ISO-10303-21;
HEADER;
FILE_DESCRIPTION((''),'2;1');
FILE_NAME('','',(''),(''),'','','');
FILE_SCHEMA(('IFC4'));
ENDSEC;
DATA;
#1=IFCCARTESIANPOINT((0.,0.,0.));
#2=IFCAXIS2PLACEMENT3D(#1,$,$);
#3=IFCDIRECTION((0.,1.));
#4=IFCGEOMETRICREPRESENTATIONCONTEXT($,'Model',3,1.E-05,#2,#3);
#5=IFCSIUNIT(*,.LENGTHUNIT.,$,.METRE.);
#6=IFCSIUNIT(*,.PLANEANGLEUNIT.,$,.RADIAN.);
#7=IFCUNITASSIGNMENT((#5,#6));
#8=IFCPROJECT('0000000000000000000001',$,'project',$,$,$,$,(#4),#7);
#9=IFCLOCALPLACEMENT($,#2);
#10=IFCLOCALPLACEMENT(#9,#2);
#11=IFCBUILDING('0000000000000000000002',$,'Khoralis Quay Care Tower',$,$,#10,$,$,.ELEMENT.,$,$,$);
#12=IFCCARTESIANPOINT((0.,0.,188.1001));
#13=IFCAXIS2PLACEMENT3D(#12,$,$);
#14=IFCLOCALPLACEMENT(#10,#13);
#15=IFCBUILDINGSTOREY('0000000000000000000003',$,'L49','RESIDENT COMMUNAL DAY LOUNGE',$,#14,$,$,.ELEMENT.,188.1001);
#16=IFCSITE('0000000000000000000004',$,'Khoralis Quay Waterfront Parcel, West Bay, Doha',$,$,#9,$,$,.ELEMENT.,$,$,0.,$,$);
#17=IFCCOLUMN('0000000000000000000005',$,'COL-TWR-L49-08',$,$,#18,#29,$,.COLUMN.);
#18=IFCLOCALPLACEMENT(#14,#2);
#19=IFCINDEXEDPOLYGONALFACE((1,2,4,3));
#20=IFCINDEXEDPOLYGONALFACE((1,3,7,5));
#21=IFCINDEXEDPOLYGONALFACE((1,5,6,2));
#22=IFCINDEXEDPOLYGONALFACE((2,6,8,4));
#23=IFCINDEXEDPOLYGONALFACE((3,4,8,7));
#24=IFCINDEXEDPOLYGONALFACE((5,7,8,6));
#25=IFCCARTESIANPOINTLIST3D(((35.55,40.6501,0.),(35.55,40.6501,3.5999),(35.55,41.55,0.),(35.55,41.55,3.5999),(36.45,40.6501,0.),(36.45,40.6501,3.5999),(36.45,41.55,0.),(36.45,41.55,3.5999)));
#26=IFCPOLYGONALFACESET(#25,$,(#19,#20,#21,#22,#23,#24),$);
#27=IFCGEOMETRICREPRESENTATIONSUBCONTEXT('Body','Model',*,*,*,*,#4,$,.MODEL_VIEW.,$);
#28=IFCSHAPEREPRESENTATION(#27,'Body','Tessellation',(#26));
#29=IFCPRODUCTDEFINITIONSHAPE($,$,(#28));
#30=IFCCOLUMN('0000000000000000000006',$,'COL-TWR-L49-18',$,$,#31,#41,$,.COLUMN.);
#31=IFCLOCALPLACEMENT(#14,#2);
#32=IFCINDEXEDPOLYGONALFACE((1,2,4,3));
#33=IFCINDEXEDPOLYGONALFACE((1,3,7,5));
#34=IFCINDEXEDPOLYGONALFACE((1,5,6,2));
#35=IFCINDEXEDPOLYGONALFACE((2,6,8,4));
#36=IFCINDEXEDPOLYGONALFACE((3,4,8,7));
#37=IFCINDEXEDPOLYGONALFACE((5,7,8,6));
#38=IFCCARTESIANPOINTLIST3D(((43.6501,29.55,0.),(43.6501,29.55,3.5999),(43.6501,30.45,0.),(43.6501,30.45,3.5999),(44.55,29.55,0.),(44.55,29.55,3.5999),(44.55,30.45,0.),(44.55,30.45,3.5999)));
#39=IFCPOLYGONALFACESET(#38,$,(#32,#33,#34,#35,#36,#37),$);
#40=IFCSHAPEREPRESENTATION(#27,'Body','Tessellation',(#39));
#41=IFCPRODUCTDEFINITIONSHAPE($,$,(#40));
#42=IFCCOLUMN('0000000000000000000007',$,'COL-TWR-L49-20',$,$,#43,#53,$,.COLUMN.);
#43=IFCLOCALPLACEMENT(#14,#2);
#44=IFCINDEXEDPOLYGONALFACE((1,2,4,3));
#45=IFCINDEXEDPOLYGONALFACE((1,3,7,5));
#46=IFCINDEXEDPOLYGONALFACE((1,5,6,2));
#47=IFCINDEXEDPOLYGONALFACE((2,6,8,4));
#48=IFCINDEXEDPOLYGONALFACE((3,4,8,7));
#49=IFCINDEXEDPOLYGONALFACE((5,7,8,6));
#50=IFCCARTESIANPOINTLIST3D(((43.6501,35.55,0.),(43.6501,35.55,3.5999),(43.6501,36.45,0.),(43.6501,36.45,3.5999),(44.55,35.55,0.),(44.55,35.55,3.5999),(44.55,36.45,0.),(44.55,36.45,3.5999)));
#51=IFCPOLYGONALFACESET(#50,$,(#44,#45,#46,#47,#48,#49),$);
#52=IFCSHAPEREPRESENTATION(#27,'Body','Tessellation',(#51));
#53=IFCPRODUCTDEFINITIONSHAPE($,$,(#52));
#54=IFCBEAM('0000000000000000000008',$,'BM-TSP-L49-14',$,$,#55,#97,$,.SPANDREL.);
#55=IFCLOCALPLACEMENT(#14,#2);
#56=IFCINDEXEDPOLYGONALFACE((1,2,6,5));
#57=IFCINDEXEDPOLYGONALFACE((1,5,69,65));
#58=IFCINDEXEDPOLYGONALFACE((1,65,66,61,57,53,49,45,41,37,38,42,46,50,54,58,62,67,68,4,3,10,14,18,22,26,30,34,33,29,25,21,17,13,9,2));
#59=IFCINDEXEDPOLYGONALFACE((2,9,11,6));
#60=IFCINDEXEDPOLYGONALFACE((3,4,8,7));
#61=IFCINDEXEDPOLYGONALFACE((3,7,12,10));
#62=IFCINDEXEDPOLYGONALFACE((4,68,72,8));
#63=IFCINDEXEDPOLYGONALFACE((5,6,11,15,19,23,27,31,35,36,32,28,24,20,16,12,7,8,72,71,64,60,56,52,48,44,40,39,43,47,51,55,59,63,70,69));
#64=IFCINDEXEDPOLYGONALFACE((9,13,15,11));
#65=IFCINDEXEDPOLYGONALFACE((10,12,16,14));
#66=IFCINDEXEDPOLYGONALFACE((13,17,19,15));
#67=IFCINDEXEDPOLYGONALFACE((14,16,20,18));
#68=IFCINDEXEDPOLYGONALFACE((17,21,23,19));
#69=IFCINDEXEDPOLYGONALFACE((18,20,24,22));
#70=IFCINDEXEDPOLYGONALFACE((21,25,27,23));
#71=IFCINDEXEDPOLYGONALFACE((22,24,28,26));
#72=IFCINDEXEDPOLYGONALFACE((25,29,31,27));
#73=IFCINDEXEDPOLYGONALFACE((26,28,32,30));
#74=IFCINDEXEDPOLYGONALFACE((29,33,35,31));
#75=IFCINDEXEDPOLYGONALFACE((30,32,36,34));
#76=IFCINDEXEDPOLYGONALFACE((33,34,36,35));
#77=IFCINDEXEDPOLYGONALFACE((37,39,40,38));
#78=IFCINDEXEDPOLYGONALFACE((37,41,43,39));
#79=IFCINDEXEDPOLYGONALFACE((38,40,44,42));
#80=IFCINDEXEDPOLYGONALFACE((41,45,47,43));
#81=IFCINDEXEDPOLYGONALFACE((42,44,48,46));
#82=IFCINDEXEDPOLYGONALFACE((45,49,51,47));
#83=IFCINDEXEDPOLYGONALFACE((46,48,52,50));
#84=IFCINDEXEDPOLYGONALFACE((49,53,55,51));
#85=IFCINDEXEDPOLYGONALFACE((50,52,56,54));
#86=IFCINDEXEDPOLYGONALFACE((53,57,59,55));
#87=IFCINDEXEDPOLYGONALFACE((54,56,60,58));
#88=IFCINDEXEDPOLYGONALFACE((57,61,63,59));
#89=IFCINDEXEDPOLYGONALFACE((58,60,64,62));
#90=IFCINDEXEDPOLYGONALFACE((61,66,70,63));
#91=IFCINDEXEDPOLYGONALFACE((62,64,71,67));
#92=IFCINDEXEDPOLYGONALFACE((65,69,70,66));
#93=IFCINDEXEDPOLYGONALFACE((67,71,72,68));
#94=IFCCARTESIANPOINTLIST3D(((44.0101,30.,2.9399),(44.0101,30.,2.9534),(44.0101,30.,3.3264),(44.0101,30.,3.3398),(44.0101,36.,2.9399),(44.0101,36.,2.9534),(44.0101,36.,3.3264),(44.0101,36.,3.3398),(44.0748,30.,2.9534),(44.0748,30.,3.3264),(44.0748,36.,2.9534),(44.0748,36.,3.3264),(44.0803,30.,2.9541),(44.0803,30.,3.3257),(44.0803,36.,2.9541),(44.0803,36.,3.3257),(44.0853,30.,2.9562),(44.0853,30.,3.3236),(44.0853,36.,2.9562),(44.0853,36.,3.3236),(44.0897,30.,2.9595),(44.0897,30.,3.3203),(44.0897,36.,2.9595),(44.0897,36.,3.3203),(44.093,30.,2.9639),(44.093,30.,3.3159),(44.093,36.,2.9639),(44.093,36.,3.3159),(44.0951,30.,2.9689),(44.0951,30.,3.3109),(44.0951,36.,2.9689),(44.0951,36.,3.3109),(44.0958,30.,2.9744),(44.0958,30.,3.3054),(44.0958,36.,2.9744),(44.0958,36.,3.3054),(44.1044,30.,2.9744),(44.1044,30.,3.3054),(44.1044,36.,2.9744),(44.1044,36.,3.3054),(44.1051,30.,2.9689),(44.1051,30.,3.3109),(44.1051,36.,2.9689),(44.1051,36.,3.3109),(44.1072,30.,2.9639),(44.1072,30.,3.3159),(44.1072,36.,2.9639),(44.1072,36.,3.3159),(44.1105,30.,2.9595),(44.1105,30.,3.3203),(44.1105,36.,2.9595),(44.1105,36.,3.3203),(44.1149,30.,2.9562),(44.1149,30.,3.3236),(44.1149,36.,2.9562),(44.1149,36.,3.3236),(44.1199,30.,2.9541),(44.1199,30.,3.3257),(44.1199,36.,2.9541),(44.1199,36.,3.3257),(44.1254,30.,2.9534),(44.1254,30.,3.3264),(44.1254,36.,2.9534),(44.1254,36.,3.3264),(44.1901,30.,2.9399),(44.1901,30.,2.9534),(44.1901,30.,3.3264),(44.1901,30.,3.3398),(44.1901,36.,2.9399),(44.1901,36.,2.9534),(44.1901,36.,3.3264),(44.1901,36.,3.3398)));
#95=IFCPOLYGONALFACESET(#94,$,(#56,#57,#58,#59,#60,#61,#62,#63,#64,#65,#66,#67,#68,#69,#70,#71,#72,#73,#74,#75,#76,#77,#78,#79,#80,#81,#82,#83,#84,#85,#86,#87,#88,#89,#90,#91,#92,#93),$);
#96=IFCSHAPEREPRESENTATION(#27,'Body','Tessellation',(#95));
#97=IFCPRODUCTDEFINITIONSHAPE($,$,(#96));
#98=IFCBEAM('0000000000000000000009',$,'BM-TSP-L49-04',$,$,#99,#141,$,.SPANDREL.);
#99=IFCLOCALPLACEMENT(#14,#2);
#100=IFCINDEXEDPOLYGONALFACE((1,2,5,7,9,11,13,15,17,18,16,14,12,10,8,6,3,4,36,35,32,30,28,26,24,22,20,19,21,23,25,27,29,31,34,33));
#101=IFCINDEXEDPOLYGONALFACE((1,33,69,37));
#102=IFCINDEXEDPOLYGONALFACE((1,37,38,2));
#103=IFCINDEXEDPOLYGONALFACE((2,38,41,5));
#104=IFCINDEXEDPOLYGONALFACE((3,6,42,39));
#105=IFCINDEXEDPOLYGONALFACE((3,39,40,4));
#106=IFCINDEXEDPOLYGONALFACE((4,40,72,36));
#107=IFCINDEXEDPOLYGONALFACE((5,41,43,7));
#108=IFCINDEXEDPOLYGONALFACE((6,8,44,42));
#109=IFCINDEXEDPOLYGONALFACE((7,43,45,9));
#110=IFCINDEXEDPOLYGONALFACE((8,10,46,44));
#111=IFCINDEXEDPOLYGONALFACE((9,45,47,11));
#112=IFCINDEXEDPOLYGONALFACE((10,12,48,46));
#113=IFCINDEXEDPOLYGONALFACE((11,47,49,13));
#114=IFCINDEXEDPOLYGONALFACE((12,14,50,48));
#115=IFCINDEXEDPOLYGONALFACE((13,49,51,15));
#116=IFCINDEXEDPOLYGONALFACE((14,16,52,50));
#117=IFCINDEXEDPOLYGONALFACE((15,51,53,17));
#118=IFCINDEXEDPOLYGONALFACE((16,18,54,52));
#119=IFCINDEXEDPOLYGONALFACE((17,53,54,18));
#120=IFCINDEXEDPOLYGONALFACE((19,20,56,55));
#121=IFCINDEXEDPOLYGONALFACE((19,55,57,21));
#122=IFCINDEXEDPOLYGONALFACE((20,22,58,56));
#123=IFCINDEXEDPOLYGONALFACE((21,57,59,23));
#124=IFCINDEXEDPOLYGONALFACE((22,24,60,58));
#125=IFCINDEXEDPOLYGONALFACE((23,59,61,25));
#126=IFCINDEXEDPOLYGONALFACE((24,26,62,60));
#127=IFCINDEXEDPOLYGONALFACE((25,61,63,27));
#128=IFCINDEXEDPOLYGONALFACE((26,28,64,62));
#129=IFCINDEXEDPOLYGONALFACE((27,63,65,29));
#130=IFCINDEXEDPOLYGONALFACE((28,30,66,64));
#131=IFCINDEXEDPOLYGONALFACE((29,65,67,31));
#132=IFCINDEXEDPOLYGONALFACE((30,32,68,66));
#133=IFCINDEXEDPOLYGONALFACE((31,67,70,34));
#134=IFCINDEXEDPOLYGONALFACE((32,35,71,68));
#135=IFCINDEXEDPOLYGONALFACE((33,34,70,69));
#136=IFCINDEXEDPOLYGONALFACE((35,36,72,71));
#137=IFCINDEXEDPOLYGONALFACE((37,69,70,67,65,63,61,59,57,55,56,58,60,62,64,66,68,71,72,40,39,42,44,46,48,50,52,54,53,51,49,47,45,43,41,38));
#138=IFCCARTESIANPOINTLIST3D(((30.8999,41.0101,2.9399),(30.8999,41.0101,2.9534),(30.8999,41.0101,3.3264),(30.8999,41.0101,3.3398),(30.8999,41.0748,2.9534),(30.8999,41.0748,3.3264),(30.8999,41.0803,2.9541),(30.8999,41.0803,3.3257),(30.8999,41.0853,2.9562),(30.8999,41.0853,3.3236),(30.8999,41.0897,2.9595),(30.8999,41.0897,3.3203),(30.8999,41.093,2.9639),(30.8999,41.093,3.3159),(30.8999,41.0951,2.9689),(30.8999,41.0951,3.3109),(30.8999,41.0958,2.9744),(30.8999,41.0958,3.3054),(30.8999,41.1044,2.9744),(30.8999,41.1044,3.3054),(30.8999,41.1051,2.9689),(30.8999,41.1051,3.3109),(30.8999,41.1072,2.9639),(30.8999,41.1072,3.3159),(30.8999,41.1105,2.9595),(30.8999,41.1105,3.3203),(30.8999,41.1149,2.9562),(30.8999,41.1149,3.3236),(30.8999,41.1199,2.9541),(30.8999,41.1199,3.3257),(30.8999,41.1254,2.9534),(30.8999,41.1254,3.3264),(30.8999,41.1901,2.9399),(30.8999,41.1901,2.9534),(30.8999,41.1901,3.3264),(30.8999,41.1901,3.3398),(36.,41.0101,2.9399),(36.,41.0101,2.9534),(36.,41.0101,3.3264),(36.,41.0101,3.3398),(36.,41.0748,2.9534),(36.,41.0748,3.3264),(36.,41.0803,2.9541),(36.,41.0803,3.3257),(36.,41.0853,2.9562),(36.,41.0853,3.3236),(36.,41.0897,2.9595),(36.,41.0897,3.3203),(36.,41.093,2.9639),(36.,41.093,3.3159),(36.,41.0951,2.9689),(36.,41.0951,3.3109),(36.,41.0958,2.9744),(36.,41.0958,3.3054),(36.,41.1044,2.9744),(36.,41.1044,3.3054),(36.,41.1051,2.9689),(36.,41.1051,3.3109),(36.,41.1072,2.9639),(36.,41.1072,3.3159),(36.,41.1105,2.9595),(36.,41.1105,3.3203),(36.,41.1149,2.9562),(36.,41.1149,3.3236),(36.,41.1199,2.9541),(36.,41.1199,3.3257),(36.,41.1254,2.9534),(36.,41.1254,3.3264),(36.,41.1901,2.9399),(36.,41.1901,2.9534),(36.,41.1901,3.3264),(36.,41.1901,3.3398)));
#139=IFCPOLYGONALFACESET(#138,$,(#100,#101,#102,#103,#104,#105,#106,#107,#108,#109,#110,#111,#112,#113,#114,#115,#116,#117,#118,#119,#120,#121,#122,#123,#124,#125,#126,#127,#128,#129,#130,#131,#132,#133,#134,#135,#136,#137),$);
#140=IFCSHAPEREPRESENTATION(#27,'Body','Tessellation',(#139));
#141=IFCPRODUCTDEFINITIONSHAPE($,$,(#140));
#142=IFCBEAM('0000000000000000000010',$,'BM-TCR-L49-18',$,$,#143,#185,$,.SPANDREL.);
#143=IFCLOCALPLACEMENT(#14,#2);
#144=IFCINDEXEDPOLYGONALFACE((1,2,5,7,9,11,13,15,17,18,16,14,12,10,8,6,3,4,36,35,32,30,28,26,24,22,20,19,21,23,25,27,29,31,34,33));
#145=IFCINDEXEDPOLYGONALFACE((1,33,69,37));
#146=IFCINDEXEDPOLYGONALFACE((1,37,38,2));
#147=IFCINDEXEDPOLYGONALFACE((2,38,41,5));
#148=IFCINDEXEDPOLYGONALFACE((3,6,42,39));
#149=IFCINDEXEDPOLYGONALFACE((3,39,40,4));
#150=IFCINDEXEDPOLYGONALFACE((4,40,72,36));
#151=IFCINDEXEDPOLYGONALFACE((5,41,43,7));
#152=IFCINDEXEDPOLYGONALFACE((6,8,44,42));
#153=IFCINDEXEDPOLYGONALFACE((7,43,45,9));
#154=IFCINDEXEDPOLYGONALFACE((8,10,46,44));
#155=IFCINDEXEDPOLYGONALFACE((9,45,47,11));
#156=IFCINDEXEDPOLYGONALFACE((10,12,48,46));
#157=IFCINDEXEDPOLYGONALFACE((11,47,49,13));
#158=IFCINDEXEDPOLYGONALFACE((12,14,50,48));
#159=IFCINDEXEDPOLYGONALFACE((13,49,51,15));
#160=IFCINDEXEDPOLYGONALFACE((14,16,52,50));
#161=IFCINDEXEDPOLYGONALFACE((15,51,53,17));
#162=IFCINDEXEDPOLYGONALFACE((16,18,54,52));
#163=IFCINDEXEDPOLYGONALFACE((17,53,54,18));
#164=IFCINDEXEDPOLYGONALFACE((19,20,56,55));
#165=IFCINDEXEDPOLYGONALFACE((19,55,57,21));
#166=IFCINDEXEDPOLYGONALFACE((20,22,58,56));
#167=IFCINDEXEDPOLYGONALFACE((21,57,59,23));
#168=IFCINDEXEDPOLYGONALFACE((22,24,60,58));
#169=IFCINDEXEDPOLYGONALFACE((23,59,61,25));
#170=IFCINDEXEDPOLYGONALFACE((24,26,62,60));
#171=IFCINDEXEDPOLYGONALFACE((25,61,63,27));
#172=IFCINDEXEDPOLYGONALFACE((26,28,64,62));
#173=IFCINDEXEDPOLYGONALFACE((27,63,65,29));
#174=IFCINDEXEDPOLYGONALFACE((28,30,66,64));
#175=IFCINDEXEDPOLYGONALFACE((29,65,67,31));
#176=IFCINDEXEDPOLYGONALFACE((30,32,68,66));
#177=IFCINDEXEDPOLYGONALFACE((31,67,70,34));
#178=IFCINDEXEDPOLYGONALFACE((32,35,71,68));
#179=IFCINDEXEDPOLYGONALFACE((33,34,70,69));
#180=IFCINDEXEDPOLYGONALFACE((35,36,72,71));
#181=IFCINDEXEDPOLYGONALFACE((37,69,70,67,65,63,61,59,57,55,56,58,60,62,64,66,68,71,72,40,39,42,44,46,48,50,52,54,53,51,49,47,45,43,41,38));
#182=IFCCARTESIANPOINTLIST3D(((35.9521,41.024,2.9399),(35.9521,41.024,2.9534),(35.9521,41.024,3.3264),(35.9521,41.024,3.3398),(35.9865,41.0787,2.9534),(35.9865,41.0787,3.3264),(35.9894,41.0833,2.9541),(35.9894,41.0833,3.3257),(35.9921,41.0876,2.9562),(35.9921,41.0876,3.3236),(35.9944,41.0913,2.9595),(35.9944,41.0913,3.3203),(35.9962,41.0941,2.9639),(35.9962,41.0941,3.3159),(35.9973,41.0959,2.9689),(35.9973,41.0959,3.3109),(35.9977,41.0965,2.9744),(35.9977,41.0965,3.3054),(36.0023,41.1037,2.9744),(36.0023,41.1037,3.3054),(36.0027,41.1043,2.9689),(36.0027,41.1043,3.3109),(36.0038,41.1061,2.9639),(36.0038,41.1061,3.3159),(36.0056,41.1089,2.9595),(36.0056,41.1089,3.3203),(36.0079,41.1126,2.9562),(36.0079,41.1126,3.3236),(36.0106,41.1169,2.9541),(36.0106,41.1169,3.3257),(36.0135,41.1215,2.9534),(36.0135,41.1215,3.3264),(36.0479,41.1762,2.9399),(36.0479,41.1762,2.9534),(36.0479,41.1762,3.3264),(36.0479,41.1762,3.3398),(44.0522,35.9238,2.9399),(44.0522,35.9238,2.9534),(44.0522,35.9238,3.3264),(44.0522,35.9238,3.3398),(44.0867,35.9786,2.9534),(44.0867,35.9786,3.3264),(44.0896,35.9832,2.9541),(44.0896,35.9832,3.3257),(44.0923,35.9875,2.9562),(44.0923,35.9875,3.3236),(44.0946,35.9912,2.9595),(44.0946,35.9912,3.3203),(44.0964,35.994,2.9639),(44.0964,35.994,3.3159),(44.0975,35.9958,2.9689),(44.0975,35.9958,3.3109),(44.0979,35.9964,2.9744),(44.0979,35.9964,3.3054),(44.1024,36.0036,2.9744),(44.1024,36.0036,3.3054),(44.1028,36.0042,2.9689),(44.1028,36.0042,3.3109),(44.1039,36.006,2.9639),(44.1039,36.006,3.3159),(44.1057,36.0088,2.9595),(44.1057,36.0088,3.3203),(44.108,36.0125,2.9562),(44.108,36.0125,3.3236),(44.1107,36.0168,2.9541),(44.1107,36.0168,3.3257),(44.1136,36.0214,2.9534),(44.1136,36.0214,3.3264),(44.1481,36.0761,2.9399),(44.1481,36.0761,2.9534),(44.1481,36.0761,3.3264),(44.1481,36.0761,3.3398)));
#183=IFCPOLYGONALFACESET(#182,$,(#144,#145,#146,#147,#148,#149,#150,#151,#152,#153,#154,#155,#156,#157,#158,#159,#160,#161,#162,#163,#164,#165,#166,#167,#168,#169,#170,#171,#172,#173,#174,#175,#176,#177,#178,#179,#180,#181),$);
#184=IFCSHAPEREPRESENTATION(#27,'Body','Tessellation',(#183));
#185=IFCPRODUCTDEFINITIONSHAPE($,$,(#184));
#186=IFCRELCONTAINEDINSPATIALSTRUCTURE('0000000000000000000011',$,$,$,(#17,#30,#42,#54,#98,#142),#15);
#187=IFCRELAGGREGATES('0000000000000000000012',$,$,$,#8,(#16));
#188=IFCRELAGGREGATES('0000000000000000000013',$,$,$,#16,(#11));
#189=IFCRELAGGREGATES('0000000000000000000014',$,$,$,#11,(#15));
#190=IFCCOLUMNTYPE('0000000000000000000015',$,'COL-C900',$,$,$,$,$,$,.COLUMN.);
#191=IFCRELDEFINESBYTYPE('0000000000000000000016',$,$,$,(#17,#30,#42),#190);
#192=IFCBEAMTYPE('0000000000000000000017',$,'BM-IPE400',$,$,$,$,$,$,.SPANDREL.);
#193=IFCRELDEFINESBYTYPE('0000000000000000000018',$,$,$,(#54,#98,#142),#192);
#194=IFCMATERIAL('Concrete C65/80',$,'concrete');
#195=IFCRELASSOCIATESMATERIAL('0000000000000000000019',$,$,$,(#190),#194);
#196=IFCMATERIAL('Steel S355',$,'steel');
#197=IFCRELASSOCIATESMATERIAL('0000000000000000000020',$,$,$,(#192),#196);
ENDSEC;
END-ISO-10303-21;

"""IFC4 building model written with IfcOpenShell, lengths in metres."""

from ifc_helpers import new_model, si_unit, direction, frame, origin, origin_2d, place, context, subcontext, project, spatial, rectangle, i_section, extrude, source, transform, mapped, material, material_profile, profile_set, type_object, element, save


model = new_model("IFC4")

# Units and contexts
model_context = context("Model", 3, precision=1e-05, world=origin(), true_north=direction((0.0, 1.0)))
body_context = subcontext(model_context, "Body", "Model", "MODEL_VIEW")
ifc_project = project(units=[si_unit("LENGTHUNIT", "METRE"), si_unit("PLANEANGLEUNIT", "RADIAN")], contexts=[model_context])

# Site, building, storey
site_placement = place(None, origin())
site = spatial("IfcSite", under=ifc_project, at=site_placement, Name="Khoralis Quay Waterfront Parcel, West Bay, Doha", CompositionType="ELEMENT", RefElevation=0.0)
building_placement = place(site_placement, origin())
building = spatial("IfcBuilding", under=site, at=building_placement, Name="Khoralis Quay Care Tower", CompositionType="ELEMENT")
storey_placement = place(building_placement, frame((0.0, 0.0, 188.1001)))
storey = spatial("IfcBuildingStorey", under=building, at=storey_placement, Name="L49", Description="RESIDENT COMMUNAL DAY LOUNGE", CompositionType="ELEMENT", Elevation=188.1001)

# Columns
ifc_material_1 = material(Name="Concrete C65/80", Category="concrete")
ifc_material_profile_1 = material_profile(ifc_material_1, rectangle(XDim=0.8999, YDim=0.8999, at=origin_2d()), Name="Concrete C65/80")
ifc_profile_set_1 = profile_set([ifc_material_profile_1], Name="Concrete C65/80")
column_type = type_object("IfcColumnType", Name="COL-C900", PredefinedType="COLUMN", material=ifc_profile_set_1)
shared_shape_1 = source(origin(), body_context, "Body", "SweptSolid", [
    extrude(rectangle(XDim=0.8999, YDim=0.8999, at=origin_2d()), origin(), (0.0, 0.0, 1.0), 3.5999),
])
for number, where, z_axis, x_axis, name in (
    (1, (36.0, 41.1001, 0.0), (0.0, 0.0, 1.0), (1.0, 0.0, 0.0), "COL-TWR-L49-08"),
    (2, (44.1001, 30.0, 0.0), (0.0, 0.0, 1.0), (1.0, 0.0, 0.0), "COL-TWR-L49-18"),
    (3, (44.1001, 36.0, 0.0), (0.0, 0.0, 1.0), (1.0, 0.0, 0.0), "COL-TWR-L49-20"),
):
    element("IfcColumn", number, at=place(storey_placement, frame(where, z_axis=z_axis, x_axis=x_axis)), inside=storey, type_object=column_type, Name=name, PredefinedType="COLUMN", context=body_context, shape_type="MappedRepresentation", body=[
        mapped(shared_shape_1, transform((0.0, 0.0, 0.0), scale=1.0)),
    ])

# Beams
ifc_material_2 = material(Name="Steel S355", Category="steel")
ifc_material_profile_2 = material_profile(ifc_material_2, i_section(OverallWidth=0.1799, OverallDepth=0.3999, WebThickness=0.0085, FlangeThickness=0.0134, FilletRadius=0.021, at=origin_2d()), Name="Steel S355")
ifc_profile_set_2 = profile_set([ifc_material_profile_2], Name="Steel S355")
beam_type_1 = type_object("IfcBeamType", Name="BM-IPE400", PredefinedType="SPANDREL", material=ifc_profile_set_2)
shared_shape_2 = source(origin(), body_context, "Body", "SweptSolid", [
    extrude(i_section(OverallWidth=0.1799, OverallDepth=0.3999, WebThickness=0.0085, FlangeThickness=0.0134, FilletRadius=0.021, at=origin_2d()), origin(), (0.0, 0.0, 1.0), 6.0),
])
beam_1_placement = place(storey_placement, frame((44.1001, 30.0, 3.1399), z_axis=(0.0, 1.0, 0.0), x_axis=(-1.0, 0.0, 0.0)))
element("IfcBeam", 4, at=beam_1_placement, inside=storey, type_object=beam_type_1, Name="BM-TSP-L49-14", PredefinedType="SPANDREL", context=body_context, shape_type="MappedRepresentation", body=[
    mapped(shared_shape_2, transform((0.0, 0.0, 0.0), scale=1.0)),
])
shared_shape_3 = source(origin(), body_context, "Body", "SweptSolid", [
    extrude(i_section(OverallWidth=0.1799, OverallDepth=0.3999, WebThickness=0.0085, FlangeThickness=0.0134, FilletRadius=0.021, at=origin_2d()), origin(), (0.0, 0.0, 1.0), 5.1001),
])
beam_2_placement = place(storey_placement, frame((30.8999, 41.1001, 3.1399), z_axis=(1.0, 0.0, 0.0), x_axis=(0.0, 1.0, 0.0)))
element("IfcBeam", 5, at=beam_2_placement, inside=storey, type_object=beam_type_1, Name="BM-TSP-L49-04", PredefinedType="SPANDREL", context=body_context, shape_type="MappedRepresentation", body=[
    mapped(shared_shape_3, transform((0.0, 0.0, 0.0), scale=1.0)),
])
shared_shape_4 = source(origin(), body_context, "Body", "SweptSolid", [
    extrude(i_section(OverallWidth=0.1799, OverallDepth=0.3999, WebThickness=0.0085, FlangeThickness=0.0134, FilletRadius=0.021, at=origin_2d()), origin(), (0.0, 0.0, 1.0), 9.572),
])
beam_3_placement = place(storey_placement, frame((36.0, 41.1001, 3.1399), z_axis=(0.846231, -0.532816, 0.0), x_axis=(0.532816, 0.846231, 0.0)))
element("IfcBeam", 6, at=beam_3_placement, inside=storey, type_object=beam_type_1, Name="BM-TCR-L49-18", PredefinedType="SPANDREL", context=body_context, shape_type="MappedRepresentation", body=[
    mapped(shared_shape_4, transform((0.0, 0.0, 0.0), scale=1.0)),
])

save(model, "model.ifc")
